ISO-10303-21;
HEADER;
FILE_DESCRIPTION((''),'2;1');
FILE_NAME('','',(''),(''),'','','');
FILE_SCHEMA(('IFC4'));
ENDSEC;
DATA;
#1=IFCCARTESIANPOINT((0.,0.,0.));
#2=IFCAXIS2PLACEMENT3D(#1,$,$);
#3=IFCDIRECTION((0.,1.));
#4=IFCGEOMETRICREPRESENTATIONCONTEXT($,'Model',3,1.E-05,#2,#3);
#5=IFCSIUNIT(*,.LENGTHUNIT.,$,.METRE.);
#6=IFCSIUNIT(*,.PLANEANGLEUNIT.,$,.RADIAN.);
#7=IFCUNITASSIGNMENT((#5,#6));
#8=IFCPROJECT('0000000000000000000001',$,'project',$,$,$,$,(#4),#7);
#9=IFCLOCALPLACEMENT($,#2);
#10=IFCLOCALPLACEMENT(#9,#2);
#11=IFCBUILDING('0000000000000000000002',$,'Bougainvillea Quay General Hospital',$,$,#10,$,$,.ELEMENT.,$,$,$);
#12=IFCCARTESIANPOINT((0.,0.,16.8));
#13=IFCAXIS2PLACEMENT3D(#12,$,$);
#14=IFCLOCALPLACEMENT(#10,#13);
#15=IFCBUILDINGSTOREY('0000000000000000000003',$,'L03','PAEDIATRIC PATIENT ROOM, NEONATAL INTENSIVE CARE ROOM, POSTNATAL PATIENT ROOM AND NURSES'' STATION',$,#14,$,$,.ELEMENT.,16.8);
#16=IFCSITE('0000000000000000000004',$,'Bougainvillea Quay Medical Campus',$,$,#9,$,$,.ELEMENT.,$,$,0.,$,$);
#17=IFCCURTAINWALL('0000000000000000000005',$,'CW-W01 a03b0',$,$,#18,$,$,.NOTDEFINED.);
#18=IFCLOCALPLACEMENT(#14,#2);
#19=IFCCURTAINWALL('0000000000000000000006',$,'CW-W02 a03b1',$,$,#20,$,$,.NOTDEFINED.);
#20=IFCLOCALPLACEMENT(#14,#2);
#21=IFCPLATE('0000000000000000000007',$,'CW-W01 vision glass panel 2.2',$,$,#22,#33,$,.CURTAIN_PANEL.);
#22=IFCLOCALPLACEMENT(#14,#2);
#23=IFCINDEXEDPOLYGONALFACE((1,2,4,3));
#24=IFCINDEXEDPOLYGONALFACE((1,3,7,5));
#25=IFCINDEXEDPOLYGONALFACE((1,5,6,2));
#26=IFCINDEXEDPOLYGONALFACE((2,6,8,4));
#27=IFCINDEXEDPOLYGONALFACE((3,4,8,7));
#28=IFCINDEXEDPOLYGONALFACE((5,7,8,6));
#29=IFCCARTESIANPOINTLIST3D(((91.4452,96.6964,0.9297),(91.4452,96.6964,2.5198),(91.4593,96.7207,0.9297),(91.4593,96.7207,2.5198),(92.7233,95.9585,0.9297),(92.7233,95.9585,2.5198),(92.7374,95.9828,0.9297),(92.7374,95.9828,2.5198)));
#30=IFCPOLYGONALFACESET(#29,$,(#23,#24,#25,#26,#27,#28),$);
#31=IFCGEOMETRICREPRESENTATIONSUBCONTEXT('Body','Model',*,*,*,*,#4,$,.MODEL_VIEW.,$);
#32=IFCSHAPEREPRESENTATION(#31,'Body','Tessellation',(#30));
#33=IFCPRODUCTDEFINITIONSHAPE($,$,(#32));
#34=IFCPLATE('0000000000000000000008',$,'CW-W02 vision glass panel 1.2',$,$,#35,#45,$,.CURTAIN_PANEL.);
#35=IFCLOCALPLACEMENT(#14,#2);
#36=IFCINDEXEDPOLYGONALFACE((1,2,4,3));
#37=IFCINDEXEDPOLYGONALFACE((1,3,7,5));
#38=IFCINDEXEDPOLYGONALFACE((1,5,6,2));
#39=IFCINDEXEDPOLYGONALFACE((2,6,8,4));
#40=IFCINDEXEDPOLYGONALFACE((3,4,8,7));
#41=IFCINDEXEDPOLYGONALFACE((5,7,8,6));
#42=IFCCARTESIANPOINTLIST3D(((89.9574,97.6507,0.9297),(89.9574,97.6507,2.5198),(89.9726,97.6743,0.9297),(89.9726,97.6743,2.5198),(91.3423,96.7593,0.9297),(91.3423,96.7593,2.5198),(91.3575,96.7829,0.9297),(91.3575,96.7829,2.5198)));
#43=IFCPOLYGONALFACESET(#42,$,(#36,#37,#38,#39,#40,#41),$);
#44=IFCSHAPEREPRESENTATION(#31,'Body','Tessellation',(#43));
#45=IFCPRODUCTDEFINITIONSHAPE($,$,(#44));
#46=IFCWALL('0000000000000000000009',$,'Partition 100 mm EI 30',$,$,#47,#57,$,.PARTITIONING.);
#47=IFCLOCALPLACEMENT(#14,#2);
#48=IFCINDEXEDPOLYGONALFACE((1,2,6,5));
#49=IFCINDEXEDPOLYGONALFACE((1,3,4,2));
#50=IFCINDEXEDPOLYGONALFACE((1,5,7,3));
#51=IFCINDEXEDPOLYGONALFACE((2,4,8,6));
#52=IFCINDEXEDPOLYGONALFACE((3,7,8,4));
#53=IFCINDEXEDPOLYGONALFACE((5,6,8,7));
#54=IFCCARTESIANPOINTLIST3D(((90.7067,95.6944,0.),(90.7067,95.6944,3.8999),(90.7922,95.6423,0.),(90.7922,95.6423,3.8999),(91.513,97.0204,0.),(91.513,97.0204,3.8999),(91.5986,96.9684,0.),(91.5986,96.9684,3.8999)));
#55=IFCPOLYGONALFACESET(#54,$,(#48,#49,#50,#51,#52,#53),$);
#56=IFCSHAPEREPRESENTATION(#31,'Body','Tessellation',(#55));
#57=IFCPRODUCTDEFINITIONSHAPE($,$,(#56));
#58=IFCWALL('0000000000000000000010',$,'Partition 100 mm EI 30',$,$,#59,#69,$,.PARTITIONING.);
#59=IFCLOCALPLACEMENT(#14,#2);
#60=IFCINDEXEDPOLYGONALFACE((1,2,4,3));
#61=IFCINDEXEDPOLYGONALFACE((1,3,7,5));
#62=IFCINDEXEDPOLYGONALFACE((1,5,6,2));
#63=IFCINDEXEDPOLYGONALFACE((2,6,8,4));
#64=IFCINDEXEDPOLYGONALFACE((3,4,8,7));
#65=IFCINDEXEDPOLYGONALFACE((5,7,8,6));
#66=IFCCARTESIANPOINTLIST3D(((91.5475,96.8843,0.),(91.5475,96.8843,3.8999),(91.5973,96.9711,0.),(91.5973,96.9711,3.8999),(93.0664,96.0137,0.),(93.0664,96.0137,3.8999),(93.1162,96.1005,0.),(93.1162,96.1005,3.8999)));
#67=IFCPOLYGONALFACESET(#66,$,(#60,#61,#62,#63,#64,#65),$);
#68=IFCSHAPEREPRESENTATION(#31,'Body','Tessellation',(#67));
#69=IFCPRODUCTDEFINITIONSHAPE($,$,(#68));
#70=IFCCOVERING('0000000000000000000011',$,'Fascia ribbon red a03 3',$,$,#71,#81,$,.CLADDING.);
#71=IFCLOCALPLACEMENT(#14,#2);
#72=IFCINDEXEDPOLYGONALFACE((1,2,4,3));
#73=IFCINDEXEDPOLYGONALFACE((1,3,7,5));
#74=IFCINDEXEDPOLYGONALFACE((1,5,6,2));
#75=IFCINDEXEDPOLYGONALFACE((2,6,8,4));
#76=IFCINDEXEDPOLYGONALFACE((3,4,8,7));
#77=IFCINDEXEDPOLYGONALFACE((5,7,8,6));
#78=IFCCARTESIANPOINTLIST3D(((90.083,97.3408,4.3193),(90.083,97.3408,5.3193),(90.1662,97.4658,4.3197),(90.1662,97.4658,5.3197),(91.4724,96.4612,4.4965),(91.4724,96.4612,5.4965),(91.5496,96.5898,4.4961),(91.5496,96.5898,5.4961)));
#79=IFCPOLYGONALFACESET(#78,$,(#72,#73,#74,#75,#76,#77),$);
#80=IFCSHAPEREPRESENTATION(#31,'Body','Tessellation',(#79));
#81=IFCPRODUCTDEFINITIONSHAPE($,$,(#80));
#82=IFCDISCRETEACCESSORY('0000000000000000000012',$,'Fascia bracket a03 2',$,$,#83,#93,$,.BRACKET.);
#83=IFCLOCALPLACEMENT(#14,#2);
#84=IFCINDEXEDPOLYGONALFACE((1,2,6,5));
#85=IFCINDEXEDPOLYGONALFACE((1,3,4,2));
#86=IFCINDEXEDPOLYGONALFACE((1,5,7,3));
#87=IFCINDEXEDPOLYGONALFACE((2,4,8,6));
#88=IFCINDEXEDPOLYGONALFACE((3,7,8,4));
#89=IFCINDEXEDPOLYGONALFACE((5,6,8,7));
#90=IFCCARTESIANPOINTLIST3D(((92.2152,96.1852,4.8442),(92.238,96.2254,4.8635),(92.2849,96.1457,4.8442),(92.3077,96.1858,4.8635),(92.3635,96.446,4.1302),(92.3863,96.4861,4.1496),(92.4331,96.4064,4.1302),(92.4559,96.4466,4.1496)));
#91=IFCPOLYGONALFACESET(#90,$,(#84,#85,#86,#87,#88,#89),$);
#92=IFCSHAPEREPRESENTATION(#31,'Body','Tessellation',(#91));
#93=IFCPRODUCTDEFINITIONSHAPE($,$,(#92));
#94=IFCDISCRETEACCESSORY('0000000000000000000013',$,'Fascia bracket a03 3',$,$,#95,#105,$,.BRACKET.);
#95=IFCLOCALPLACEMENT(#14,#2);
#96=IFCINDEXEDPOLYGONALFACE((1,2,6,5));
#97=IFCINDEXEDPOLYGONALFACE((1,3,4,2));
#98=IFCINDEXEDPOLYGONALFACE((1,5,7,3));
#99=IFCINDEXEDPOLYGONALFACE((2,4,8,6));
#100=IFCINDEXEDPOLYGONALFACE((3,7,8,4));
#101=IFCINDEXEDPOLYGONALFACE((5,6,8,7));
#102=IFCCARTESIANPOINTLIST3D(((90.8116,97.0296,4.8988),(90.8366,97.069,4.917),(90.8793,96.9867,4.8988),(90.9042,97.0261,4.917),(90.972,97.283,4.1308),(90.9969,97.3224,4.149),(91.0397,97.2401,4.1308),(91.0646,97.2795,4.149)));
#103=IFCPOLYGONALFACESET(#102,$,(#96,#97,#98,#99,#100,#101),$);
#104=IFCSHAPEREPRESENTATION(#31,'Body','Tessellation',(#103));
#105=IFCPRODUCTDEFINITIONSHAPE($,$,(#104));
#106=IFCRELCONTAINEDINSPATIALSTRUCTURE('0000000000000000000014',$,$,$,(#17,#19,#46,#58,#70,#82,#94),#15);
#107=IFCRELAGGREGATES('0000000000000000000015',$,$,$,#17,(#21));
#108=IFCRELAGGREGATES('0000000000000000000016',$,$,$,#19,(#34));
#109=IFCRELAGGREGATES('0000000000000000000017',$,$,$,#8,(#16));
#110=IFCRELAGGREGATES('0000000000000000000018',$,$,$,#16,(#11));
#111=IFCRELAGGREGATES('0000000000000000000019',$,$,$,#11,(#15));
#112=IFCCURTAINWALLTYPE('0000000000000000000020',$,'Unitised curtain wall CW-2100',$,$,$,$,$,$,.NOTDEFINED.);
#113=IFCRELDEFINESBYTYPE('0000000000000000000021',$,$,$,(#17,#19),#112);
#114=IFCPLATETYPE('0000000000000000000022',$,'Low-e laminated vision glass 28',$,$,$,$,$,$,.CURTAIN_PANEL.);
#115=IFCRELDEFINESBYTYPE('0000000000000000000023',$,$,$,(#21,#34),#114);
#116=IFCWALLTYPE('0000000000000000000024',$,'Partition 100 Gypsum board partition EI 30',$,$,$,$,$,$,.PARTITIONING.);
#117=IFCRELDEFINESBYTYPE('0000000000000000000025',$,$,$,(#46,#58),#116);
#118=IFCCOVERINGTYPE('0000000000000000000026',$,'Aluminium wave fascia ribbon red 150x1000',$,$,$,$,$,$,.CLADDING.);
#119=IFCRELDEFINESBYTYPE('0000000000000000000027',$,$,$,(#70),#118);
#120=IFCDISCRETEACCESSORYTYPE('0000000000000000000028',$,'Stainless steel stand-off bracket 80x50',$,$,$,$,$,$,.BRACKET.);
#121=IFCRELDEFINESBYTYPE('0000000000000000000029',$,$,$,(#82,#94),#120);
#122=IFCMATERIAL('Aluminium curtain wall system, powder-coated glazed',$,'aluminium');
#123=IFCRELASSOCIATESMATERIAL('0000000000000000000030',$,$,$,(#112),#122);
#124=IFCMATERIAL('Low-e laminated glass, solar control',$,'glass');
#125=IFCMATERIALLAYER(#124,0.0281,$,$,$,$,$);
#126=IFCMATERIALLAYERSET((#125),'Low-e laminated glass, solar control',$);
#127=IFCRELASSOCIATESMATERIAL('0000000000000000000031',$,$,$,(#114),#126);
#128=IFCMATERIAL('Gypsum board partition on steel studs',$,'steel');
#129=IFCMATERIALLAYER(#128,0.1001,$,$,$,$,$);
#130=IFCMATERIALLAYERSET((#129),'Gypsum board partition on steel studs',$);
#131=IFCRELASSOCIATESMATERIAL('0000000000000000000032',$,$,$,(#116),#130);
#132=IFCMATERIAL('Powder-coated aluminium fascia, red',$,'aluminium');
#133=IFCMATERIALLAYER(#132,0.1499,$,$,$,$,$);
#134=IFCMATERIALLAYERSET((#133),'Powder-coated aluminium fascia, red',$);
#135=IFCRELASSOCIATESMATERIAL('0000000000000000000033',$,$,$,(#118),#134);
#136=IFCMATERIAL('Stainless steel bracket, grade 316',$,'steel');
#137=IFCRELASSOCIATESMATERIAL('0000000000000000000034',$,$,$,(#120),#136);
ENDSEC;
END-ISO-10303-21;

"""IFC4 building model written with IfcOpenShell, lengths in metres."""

from ifc_helpers import new_model, si_unit, direction, frame, frame_2d, origin, origin_2d, place, context, subcontext, project, spatial, polyline, rectangle, outline, extrude, material, layer, layer_set, material_profile, profile_set, type_object, element, aggregate, save


model = new_model("IFC4")

# Units and contexts
model_context = context("Model", 3, precision=1e-05, world=origin(), true_north=direction((0.0, 1.0)))
body_context = subcontext(model_context, "Body", "Model", "MODEL_VIEW")
ifc_project = project(units=[si_unit("LENGTHUNIT", "METRE"), si_unit("PLANEANGLEUNIT", "RADIAN")], contexts=[model_context])

# Site, building, storey
site_placement = place(None, origin())
site = spatial("IfcSite", under=ifc_project, at=site_placement, Name="Bougainvillea Quay Medical Campus", CompositionType="ELEMENT", RefElevation=0.0)
building_placement = place(site_placement, origin())
building = spatial("IfcBuilding", under=site, at=building_placement, Name="Bougainvillea Quay General Hospital", CompositionType="ELEMENT")
storey_placement = place(building_placement, frame((0.0, 0.0, 16.8)))
storey = spatial("IfcBuildingStorey", under=building, at=storey_placement, Name="L03", Description="PAEDIATRIC PATIENT ROOM, NEONATAL INTENSIVE CARE ROOM, POSTNATAL PATIENT ROOM AND NURSES' STATION", CompositionType="ELEMENT", Elevation=16.8)

# Curtain walls
ifc_material_1 = material(Name="Aluminium curtain wall system, powder-coated glazed", Category="aluminium")
curtain_wall_type_1 = type_object("IfcCurtainWallType", Name="Unitised curtain wall CW-2100", PredefinedType="NOTDEFINED", material=ifc_material_1)
curtain_wall_1_placement = place(storey_placement, origin())
curtain_wall_1 = element("IfcCurtainWall", 1, at=curtain_wall_1_placement, inside=storey, type_object=curtain_wall_type_1, Name="CW-W01 a03b0", PredefinedType="NOTDEFINED")
curtain_wall_2_placement = place(storey_placement, origin())
curtain_wall_2 = element("IfcCurtainWall", 2, at=curtain_wall_2_placement, inside=storey, type_object=curtain_wall_type_1, Name="CW-W02 a03b1", PredefinedType="NOTDEFINED")

# Plates
ifc_material_2 = material(Name="Low-e laminated glass, solar control", Category="glass")
ifc_layer_1 = layer(ifc_material_2, 0.0281)
ifc_layer_set_1 = layer_set([ifc_layer_1], Name="Low-e laminated glass, solar control")
plate_type_1 = type_object("IfcPlateType", Name="Low-e laminated vision glass 28", PredefinedType="CURTAIN_PANEL", material=ifc_layer_set_1)
plate_1_placement = place(storey_placement, frame((92.0913, 96.3396, 0.9297), z_axis=(0.0, 0.0, 1.0), x_axis=(-0.866007, 0.500031, 0.0)))
plate_1 = element("IfcPlate", 3, at=plate_1_placement, type_object=plate_type_1, Name="CW-W01 vision glass panel 2.2", PredefinedType="CURTAIN_PANEL", context=body_context, shape_type="SweptSolid", body=[
    extrude(rectangle(XDim=1.4758, YDim=0.0281, at=origin_2d()), origin(), (0.0, 0.0, 1.0), 1.5901),
])
aggregate(curtain_wall_1, [plate_1])
plate_2_placement = place(storey_placement, frame((90.6575, 97.2168, 0.9297), z_axis=(0.0, 0.0, 1.0), x_axis=(-0.840897, 0.541195, 0.0)))
plate_2 = element("IfcPlate", 4, at=plate_2_placement, type_object=plate_type_1, Name="CW-W02 vision glass panel 1.2", PredefinedType="CURTAIN_PANEL", context=body_context, shape_type="SweptSolid", body=[
    extrude(rectangle(XDim=1.647, YDim=0.0281, at=origin_2d()), origin(), (0.0, 0.0, 1.0), 1.5901),
])
aggregate(curtain_wall_2, [plate_2])

# Walls
ifc_material_3 = material(Name="Gypsum board partition on steel studs", Category="steel")
ifc_layer_2 = layer(ifc_material_3, 0.1001)
ifc_layer_set_2 = layer_set([ifc_layer_2], Name="Gypsum board partition on steel studs")
wall_type = type_object("IfcWallType", Name="Partition 100 Gypsum board partition EI 30", PredefinedType="PARTITIONING", material=ifc_layer_set_2)
wall_1_placement = place(storey_placement, frame((90.7495, 95.6685, 0.0), z_axis=(0.0, 0.0, 1.0), x_axis=(0.519553, 0.854438, 0.0)))
element("IfcWall", 5, at=wall_1_placement, inside=storey, type_object=wall_type, Name="Partition 100 mm EI 30", PredefinedType="PARTITIONING", context=body_context, shape_type="SweptSolid", body=[
    extrude(rectangle(XDim=1.552, YDim=0.1001, at=frame_2d((0.7759, 0.0))), origin(), (0.0, 0.0, 1.0), 3.8999),
])
wall_2_placement = place(storey_placement, frame((91.5723, 96.9277, 0.0), z_axis=(0.0, 0.0, 1.0), x_axis=(0.867607, -0.49725, 0.0)))
element("IfcWall", 6, at=wall_2_placement, inside=storey, type_object=wall_type, Name="Partition 100 mm EI 30", PredefinedType="PARTITIONING", context=body_context, shape_type="SweptSolid", body=[
    extrude(rectangle(XDim=1.7507, YDim=0.1001, at=frame_2d((0.8755, 0.0))), origin(), (0.0, 0.0, 1.0), 3.8999),
])

# Covering
ifc_material_4 = material(Name="Powder-coated aluminium fascia, red", Category="aluminium")
ifc_layer_3 = layer(ifc_material_4, 0.1499)
ifc_layer_set_3 = layer_set([ifc_layer_3], Name="Powder-coated aluminium fascia, red")
covering_type = type_object("IfcCoveringType", Name="Aluminium wave fascia ribbon red 150x1000", PredefinedType="CLADDING", material=ifc_layer_set_3)
covering_placement = place(storey_placement, frame((91.5496, 96.5898, 4.4961), z_axis=(-0.090522, 0.05724, 0.994248), x_axis=(-0.839991, 0.531925, -0.107101)))
element("IfcCovering", 7, at=covering_placement, inside=storey, type_object=covering_type, Name="Fascia ribbon red a03 3", PredefinedType="CLADDING", context=body_context, shape_type="SweptSolid", body=[
    extrude(outline(polyline([(0.0, 0.0), (1.6468, 0.0), (1.6503, 0.1501), (-0.0037, 0.15), (0.0, 0.0)])), origin(), (-0.107101, -0.000069, 0.994248), 1.0),
])

# Discrete accessories
ifc_material_5 = material(Name="Stainless steel bracket, grade 316", Category="steel")
ifc_material_profile_1 = material_profile(ifc_material_5, rectangle(XDim=0.0801, YDim=0.05, at=origin_2d()))
ifc_profile_set_1 = profile_set([ifc_material_profile_1], Name="Stainless steel bracket, grade 316")
discrete_accessory_type = type_object("IfcDiscreteAccessoryType", Name="Stainless steel stand-off bracket 80x50", PredefinedType="BRACKET", material=ifc_profile_set_1)
discrete_accessory_1_placement = place(storey_placement, frame((92.4097, 96.4463, 4.1399), z_axis=(-0.191388, -0.336742, 0.921941), x_axis=(0.869393, -0.494121, 0.0)))
element("IfcDiscreteAccessory", 8, at=discrete_accessory_1_placement, inside=storey, type_object=discrete_accessory_type, Name="Fascia bracket a03 2", PredefinedType="BRACKET", context=body_context, shape_type="SweptSolid", body=[
    extrude(rectangle(XDim=0.0801, YDim=0.05, at=origin_2d()), origin(), (0.0, 0.0, 1.0), 0.7744),
])
discrete_accessory_2_placement = place(storey_placement, frame((91.0183, 97.2812, 4.1399), z_axis=(-0.194532, -0.307343, 0.931503), x_axis=(0.844966, -0.53482, 0.0)))
element("IfcDiscreteAccessory", 9, at=discrete_accessory_2_placement, inside=storey, type_object=discrete_accessory_type, Name="Fascia bracket a03 3", PredefinedType="BRACKET", context=body_context, shape_type="SweptSolid", body=[
    extrude(rectangle(XDim=0.0801, YDim=0.05, at=origin_2d()), origin(), (0.0, 0.0, 1.0), 0.8245),
])

save(model, "model.ifc")
